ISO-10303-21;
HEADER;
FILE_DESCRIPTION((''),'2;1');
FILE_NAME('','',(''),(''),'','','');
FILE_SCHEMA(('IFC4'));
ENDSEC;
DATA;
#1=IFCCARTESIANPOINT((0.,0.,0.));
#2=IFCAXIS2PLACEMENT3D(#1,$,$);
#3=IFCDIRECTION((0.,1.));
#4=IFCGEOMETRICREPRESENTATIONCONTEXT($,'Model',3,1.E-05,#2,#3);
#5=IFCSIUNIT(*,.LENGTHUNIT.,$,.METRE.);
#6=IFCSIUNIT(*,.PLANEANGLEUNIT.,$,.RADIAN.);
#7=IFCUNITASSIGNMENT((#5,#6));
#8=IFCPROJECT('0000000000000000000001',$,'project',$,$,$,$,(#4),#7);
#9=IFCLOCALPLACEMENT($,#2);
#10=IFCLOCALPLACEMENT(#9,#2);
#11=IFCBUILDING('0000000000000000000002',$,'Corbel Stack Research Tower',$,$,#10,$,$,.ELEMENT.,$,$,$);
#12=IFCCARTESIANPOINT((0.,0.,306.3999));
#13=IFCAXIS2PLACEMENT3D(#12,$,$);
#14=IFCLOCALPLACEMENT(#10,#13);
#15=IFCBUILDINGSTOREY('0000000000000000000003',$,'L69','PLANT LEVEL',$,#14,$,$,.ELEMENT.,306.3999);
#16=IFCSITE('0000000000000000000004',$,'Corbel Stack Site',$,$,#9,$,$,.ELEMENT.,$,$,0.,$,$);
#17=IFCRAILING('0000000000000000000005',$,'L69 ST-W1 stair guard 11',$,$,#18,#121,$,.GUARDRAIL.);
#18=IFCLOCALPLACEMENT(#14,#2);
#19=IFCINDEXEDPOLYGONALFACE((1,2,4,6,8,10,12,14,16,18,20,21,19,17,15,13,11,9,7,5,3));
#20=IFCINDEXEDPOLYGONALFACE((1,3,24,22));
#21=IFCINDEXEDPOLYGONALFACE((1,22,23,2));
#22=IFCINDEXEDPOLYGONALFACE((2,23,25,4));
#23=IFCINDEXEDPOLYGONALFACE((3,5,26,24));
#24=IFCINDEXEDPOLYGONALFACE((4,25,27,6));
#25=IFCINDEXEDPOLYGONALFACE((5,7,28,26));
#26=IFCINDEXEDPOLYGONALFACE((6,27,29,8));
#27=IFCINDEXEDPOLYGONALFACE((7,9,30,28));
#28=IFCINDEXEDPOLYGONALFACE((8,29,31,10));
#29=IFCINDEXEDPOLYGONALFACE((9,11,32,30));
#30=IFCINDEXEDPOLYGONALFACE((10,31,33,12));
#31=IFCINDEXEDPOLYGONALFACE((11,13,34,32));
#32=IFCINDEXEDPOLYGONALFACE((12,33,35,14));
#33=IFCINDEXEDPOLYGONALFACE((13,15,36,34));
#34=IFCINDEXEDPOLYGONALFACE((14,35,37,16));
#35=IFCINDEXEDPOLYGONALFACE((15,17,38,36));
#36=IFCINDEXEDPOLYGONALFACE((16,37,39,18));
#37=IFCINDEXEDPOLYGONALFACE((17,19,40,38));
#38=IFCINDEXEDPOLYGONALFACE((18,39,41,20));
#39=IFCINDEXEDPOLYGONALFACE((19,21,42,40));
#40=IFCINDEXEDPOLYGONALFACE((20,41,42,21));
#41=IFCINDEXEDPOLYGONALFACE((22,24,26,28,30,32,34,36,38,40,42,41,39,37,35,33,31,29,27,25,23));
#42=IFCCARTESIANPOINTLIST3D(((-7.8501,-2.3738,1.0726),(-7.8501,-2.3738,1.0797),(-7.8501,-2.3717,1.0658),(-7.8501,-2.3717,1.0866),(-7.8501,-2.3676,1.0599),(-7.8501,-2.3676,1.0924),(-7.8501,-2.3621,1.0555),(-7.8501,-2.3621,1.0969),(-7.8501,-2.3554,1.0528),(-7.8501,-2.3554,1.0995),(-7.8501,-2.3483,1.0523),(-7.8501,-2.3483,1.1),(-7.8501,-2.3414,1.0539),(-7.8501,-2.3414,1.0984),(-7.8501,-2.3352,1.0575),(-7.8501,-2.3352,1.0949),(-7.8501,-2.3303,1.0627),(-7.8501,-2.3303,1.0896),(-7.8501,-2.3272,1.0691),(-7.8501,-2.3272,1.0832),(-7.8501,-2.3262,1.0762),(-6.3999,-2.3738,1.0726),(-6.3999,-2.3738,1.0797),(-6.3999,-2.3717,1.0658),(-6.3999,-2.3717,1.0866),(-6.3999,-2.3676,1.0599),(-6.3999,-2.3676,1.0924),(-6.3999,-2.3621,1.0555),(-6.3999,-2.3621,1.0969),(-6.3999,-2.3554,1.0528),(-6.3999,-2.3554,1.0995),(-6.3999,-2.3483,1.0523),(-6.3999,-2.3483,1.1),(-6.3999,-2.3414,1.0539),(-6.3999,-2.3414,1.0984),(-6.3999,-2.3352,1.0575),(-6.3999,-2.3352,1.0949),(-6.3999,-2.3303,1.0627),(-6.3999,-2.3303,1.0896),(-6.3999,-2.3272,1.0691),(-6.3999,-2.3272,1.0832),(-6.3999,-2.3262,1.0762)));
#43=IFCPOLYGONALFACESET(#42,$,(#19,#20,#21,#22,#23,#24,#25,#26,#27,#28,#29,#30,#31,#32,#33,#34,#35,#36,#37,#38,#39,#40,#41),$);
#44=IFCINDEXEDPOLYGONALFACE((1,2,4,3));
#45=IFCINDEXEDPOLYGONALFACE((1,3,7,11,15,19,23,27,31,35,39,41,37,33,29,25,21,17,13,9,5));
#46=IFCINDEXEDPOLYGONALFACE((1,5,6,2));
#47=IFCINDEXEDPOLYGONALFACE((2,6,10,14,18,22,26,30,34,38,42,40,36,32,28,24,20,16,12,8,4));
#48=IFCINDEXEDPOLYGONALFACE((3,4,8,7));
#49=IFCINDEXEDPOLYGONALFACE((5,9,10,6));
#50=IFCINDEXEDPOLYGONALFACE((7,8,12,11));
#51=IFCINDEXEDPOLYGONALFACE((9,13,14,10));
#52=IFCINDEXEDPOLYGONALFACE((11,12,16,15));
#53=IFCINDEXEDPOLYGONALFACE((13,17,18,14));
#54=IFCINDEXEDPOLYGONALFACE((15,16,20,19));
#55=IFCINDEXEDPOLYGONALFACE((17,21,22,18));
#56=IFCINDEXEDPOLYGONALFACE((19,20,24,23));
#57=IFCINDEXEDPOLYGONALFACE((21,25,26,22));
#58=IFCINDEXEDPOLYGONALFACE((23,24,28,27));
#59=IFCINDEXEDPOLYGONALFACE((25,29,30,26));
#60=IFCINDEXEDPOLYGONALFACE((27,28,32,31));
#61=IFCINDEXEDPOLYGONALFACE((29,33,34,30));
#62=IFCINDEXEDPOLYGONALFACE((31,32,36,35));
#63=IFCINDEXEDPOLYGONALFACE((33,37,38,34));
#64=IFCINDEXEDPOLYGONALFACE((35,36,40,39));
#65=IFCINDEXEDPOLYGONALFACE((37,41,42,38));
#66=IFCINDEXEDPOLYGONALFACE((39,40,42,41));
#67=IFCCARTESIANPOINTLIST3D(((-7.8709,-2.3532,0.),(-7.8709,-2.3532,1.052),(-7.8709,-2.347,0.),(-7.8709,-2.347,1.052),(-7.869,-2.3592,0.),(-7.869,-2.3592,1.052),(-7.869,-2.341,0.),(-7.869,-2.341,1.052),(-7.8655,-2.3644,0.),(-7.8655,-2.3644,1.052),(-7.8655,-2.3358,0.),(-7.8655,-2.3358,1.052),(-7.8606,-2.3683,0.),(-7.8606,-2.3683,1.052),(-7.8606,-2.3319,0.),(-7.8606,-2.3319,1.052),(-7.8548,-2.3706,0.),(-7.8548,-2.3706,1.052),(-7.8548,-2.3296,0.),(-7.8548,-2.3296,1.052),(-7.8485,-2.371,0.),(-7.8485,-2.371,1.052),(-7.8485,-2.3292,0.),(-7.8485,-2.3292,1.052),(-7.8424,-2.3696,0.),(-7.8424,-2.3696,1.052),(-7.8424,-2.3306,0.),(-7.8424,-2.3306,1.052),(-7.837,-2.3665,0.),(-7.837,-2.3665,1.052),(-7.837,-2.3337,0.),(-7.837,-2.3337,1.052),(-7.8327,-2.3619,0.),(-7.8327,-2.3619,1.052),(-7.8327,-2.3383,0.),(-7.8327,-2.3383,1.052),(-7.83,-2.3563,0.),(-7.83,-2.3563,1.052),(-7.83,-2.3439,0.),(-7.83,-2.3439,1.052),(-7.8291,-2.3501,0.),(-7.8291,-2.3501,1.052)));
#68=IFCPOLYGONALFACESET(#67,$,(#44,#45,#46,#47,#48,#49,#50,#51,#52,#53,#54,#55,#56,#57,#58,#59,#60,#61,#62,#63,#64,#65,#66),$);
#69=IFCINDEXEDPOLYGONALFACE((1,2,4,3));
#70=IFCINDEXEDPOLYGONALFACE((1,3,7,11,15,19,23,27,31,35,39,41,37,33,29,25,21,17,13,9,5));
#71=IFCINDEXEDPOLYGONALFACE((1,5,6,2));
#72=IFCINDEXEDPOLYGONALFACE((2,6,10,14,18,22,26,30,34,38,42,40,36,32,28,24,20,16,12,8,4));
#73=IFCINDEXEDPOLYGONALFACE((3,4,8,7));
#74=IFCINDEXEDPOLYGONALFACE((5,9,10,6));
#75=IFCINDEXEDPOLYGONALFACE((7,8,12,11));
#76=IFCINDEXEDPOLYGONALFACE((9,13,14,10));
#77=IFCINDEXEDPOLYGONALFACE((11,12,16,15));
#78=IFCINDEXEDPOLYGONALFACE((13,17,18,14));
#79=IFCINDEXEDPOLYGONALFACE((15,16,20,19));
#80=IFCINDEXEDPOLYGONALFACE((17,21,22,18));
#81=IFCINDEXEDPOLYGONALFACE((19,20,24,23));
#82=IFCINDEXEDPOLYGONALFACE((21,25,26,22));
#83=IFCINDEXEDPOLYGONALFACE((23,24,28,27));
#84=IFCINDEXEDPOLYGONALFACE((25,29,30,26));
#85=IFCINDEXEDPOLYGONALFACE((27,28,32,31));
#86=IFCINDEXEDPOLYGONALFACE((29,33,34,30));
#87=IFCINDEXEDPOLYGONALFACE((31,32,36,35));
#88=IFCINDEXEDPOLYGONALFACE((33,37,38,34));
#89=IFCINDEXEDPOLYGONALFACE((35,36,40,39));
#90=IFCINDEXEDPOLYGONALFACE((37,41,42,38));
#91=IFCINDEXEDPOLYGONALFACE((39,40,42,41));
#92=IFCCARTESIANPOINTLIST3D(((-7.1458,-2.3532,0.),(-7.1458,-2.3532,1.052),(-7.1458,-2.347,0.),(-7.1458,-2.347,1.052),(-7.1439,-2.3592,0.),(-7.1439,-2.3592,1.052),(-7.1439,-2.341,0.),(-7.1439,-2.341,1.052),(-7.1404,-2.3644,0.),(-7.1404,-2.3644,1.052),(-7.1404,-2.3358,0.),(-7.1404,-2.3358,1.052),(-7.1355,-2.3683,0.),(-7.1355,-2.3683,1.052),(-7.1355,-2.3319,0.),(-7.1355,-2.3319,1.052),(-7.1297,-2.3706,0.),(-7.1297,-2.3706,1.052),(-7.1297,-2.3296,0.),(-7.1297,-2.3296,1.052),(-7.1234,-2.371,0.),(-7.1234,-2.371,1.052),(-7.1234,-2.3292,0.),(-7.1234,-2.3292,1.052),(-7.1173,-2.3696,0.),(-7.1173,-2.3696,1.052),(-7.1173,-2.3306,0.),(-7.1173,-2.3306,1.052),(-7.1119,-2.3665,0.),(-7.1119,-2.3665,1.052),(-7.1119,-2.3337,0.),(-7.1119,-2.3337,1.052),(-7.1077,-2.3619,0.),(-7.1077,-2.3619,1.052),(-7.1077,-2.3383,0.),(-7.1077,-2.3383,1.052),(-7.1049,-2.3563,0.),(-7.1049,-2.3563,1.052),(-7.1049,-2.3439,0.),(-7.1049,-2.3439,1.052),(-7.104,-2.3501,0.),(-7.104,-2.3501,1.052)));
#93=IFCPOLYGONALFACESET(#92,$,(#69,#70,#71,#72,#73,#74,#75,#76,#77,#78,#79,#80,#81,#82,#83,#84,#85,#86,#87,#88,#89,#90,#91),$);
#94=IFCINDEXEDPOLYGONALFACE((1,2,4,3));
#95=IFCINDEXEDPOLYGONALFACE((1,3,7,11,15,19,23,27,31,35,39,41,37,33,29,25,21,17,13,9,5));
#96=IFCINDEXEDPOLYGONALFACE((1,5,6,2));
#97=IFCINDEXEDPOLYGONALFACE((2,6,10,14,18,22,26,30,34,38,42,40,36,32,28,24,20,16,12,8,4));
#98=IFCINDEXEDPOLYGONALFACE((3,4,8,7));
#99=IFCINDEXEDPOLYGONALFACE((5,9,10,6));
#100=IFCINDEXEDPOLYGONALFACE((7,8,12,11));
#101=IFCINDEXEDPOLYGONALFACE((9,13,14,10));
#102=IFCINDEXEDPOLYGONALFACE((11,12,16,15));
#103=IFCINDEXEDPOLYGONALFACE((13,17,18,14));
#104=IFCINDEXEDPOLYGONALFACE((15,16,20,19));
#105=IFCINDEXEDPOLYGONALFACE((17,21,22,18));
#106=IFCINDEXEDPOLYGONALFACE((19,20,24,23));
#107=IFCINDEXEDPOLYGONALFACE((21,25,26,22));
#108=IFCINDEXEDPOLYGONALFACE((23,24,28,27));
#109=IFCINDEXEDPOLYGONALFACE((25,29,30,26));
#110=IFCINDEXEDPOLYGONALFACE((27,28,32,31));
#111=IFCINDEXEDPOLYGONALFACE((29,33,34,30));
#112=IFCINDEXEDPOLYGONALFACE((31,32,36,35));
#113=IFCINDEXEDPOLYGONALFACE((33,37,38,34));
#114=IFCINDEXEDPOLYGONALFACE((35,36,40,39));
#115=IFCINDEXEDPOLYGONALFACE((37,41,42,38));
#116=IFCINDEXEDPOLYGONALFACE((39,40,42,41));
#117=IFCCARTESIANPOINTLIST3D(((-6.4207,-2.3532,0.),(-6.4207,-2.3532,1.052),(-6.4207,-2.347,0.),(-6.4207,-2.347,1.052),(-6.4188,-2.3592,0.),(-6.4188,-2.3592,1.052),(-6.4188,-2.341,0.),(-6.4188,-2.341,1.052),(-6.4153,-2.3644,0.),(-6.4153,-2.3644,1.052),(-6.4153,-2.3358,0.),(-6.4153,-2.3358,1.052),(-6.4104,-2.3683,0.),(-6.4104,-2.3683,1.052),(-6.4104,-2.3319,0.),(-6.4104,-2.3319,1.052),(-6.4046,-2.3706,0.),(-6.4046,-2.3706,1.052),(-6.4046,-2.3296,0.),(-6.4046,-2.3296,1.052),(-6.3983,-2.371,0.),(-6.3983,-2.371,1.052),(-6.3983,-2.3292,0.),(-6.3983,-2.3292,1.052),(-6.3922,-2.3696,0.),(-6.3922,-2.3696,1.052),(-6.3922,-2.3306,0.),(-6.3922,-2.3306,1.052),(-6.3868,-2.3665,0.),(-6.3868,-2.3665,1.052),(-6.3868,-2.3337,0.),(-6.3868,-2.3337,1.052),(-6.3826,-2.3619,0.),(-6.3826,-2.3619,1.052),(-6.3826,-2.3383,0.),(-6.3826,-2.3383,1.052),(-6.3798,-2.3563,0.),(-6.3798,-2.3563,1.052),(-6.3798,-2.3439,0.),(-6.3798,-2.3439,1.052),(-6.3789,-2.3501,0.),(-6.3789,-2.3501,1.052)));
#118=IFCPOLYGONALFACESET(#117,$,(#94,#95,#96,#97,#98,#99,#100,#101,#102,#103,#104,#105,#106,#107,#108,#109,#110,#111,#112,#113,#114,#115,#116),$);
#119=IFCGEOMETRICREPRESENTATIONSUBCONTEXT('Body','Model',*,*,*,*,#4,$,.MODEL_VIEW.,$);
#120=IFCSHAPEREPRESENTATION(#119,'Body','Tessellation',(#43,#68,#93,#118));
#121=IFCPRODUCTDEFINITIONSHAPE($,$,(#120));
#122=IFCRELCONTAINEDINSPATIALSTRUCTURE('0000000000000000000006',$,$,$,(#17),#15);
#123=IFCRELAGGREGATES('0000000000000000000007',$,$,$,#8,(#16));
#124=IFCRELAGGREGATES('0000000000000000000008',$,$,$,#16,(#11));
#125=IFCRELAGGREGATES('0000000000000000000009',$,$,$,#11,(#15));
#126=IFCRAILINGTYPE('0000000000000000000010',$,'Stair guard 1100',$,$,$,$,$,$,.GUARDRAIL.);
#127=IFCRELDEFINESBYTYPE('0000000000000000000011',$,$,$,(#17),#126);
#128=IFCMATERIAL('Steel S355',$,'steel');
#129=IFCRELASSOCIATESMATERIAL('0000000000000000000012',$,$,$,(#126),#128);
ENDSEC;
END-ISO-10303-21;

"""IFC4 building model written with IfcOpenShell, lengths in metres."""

from ifc_helpers import new_model, si_unit, direction, frame, origin, origin_2d, place, context, subcontext, project, spatial, circle, extrude, material, type_object, element, save


model = new_model("IFC4")

# Units and contexts
model_context = context("Model", 3, precision=1e-05, world=origin(), true_north=direction((0.0, 1.0)))
body_context = subcontext(model_context, "Body", "Model", "MODEL_VIEW")
ifc_project = project(units=[si_unit("LENGTHUNIT", "METRE"), si_unit("PLANEANGLEUNIT", "RADIAN")], contexts=[model_context])

# Site, building, storey
site_placement = place(None, origin())
site = spatial("IfcSite", under=ifc_project, at=site_placement, Name="Corbel Stack Site", CompositionType="ELEMENT", RefElevation=0.0)
building_placement = place(site_placement, origin())
building = spatial("IfcBuilding", under=site, at=building_placement, Name="Corbel Stack Research Tower", CompositionType="ELEMENT")
storey_placement = place(building_placement, frame((0.0, 0.0, 306.3999)))
storey = spatial("IfcBuildingStorey", under=building, at=storey_placement, Name="L69", Description="PLANT LEVEL", CompositionType="ELEMENT", Elevation=306.3999)

# Railing
ifc_material_1 = material(Name="Steel S355", Category="steel")
railing_type_1 = type_object("IfcRailingType", Name="Stair guard 1100", PredefinedType="GUARDRAIL", material=ifc_material_1)
railing_1_placement = place(storey_placement, frame((-7.8501, -2.3501, 0.0)))
element("IfcRailing", 1, at=railing_1_placement, inside=storey, type_object=railing_type_1, Name="L69 ST-W1 stair guard 11", PredefinedType="GUARDRAIL", context=body_context, shape_type="SweptSolid", body=[
    extrude(circle(Radius=0.0239, at=origin_2d()), frame((0.0, 0.0, 1.0762), z_axis=(1.0, 0.0, 0.0), x_axis=(0.0, 1.0, 0.0)), (0.0, 0.0, 1.0), 1.4502),
    extrude(circle(Radius=0.021, at=origin_2d()), origin(), (0.0, 0.0, 1.0), 1.052),
    extrude(circle(Radius=0.021, at=origin_2d()), frame((0.7251, 0.0, 0.0)), (0.0, 0.0, 1.0), 1.052),
    extrude(circle(Radius=0.021, at=origin_2d()), frame((1.4502, 0.0, 0.0)), (0.0, 0.0, 1.0), 1.052),
])

save(model, "model.ifc")
